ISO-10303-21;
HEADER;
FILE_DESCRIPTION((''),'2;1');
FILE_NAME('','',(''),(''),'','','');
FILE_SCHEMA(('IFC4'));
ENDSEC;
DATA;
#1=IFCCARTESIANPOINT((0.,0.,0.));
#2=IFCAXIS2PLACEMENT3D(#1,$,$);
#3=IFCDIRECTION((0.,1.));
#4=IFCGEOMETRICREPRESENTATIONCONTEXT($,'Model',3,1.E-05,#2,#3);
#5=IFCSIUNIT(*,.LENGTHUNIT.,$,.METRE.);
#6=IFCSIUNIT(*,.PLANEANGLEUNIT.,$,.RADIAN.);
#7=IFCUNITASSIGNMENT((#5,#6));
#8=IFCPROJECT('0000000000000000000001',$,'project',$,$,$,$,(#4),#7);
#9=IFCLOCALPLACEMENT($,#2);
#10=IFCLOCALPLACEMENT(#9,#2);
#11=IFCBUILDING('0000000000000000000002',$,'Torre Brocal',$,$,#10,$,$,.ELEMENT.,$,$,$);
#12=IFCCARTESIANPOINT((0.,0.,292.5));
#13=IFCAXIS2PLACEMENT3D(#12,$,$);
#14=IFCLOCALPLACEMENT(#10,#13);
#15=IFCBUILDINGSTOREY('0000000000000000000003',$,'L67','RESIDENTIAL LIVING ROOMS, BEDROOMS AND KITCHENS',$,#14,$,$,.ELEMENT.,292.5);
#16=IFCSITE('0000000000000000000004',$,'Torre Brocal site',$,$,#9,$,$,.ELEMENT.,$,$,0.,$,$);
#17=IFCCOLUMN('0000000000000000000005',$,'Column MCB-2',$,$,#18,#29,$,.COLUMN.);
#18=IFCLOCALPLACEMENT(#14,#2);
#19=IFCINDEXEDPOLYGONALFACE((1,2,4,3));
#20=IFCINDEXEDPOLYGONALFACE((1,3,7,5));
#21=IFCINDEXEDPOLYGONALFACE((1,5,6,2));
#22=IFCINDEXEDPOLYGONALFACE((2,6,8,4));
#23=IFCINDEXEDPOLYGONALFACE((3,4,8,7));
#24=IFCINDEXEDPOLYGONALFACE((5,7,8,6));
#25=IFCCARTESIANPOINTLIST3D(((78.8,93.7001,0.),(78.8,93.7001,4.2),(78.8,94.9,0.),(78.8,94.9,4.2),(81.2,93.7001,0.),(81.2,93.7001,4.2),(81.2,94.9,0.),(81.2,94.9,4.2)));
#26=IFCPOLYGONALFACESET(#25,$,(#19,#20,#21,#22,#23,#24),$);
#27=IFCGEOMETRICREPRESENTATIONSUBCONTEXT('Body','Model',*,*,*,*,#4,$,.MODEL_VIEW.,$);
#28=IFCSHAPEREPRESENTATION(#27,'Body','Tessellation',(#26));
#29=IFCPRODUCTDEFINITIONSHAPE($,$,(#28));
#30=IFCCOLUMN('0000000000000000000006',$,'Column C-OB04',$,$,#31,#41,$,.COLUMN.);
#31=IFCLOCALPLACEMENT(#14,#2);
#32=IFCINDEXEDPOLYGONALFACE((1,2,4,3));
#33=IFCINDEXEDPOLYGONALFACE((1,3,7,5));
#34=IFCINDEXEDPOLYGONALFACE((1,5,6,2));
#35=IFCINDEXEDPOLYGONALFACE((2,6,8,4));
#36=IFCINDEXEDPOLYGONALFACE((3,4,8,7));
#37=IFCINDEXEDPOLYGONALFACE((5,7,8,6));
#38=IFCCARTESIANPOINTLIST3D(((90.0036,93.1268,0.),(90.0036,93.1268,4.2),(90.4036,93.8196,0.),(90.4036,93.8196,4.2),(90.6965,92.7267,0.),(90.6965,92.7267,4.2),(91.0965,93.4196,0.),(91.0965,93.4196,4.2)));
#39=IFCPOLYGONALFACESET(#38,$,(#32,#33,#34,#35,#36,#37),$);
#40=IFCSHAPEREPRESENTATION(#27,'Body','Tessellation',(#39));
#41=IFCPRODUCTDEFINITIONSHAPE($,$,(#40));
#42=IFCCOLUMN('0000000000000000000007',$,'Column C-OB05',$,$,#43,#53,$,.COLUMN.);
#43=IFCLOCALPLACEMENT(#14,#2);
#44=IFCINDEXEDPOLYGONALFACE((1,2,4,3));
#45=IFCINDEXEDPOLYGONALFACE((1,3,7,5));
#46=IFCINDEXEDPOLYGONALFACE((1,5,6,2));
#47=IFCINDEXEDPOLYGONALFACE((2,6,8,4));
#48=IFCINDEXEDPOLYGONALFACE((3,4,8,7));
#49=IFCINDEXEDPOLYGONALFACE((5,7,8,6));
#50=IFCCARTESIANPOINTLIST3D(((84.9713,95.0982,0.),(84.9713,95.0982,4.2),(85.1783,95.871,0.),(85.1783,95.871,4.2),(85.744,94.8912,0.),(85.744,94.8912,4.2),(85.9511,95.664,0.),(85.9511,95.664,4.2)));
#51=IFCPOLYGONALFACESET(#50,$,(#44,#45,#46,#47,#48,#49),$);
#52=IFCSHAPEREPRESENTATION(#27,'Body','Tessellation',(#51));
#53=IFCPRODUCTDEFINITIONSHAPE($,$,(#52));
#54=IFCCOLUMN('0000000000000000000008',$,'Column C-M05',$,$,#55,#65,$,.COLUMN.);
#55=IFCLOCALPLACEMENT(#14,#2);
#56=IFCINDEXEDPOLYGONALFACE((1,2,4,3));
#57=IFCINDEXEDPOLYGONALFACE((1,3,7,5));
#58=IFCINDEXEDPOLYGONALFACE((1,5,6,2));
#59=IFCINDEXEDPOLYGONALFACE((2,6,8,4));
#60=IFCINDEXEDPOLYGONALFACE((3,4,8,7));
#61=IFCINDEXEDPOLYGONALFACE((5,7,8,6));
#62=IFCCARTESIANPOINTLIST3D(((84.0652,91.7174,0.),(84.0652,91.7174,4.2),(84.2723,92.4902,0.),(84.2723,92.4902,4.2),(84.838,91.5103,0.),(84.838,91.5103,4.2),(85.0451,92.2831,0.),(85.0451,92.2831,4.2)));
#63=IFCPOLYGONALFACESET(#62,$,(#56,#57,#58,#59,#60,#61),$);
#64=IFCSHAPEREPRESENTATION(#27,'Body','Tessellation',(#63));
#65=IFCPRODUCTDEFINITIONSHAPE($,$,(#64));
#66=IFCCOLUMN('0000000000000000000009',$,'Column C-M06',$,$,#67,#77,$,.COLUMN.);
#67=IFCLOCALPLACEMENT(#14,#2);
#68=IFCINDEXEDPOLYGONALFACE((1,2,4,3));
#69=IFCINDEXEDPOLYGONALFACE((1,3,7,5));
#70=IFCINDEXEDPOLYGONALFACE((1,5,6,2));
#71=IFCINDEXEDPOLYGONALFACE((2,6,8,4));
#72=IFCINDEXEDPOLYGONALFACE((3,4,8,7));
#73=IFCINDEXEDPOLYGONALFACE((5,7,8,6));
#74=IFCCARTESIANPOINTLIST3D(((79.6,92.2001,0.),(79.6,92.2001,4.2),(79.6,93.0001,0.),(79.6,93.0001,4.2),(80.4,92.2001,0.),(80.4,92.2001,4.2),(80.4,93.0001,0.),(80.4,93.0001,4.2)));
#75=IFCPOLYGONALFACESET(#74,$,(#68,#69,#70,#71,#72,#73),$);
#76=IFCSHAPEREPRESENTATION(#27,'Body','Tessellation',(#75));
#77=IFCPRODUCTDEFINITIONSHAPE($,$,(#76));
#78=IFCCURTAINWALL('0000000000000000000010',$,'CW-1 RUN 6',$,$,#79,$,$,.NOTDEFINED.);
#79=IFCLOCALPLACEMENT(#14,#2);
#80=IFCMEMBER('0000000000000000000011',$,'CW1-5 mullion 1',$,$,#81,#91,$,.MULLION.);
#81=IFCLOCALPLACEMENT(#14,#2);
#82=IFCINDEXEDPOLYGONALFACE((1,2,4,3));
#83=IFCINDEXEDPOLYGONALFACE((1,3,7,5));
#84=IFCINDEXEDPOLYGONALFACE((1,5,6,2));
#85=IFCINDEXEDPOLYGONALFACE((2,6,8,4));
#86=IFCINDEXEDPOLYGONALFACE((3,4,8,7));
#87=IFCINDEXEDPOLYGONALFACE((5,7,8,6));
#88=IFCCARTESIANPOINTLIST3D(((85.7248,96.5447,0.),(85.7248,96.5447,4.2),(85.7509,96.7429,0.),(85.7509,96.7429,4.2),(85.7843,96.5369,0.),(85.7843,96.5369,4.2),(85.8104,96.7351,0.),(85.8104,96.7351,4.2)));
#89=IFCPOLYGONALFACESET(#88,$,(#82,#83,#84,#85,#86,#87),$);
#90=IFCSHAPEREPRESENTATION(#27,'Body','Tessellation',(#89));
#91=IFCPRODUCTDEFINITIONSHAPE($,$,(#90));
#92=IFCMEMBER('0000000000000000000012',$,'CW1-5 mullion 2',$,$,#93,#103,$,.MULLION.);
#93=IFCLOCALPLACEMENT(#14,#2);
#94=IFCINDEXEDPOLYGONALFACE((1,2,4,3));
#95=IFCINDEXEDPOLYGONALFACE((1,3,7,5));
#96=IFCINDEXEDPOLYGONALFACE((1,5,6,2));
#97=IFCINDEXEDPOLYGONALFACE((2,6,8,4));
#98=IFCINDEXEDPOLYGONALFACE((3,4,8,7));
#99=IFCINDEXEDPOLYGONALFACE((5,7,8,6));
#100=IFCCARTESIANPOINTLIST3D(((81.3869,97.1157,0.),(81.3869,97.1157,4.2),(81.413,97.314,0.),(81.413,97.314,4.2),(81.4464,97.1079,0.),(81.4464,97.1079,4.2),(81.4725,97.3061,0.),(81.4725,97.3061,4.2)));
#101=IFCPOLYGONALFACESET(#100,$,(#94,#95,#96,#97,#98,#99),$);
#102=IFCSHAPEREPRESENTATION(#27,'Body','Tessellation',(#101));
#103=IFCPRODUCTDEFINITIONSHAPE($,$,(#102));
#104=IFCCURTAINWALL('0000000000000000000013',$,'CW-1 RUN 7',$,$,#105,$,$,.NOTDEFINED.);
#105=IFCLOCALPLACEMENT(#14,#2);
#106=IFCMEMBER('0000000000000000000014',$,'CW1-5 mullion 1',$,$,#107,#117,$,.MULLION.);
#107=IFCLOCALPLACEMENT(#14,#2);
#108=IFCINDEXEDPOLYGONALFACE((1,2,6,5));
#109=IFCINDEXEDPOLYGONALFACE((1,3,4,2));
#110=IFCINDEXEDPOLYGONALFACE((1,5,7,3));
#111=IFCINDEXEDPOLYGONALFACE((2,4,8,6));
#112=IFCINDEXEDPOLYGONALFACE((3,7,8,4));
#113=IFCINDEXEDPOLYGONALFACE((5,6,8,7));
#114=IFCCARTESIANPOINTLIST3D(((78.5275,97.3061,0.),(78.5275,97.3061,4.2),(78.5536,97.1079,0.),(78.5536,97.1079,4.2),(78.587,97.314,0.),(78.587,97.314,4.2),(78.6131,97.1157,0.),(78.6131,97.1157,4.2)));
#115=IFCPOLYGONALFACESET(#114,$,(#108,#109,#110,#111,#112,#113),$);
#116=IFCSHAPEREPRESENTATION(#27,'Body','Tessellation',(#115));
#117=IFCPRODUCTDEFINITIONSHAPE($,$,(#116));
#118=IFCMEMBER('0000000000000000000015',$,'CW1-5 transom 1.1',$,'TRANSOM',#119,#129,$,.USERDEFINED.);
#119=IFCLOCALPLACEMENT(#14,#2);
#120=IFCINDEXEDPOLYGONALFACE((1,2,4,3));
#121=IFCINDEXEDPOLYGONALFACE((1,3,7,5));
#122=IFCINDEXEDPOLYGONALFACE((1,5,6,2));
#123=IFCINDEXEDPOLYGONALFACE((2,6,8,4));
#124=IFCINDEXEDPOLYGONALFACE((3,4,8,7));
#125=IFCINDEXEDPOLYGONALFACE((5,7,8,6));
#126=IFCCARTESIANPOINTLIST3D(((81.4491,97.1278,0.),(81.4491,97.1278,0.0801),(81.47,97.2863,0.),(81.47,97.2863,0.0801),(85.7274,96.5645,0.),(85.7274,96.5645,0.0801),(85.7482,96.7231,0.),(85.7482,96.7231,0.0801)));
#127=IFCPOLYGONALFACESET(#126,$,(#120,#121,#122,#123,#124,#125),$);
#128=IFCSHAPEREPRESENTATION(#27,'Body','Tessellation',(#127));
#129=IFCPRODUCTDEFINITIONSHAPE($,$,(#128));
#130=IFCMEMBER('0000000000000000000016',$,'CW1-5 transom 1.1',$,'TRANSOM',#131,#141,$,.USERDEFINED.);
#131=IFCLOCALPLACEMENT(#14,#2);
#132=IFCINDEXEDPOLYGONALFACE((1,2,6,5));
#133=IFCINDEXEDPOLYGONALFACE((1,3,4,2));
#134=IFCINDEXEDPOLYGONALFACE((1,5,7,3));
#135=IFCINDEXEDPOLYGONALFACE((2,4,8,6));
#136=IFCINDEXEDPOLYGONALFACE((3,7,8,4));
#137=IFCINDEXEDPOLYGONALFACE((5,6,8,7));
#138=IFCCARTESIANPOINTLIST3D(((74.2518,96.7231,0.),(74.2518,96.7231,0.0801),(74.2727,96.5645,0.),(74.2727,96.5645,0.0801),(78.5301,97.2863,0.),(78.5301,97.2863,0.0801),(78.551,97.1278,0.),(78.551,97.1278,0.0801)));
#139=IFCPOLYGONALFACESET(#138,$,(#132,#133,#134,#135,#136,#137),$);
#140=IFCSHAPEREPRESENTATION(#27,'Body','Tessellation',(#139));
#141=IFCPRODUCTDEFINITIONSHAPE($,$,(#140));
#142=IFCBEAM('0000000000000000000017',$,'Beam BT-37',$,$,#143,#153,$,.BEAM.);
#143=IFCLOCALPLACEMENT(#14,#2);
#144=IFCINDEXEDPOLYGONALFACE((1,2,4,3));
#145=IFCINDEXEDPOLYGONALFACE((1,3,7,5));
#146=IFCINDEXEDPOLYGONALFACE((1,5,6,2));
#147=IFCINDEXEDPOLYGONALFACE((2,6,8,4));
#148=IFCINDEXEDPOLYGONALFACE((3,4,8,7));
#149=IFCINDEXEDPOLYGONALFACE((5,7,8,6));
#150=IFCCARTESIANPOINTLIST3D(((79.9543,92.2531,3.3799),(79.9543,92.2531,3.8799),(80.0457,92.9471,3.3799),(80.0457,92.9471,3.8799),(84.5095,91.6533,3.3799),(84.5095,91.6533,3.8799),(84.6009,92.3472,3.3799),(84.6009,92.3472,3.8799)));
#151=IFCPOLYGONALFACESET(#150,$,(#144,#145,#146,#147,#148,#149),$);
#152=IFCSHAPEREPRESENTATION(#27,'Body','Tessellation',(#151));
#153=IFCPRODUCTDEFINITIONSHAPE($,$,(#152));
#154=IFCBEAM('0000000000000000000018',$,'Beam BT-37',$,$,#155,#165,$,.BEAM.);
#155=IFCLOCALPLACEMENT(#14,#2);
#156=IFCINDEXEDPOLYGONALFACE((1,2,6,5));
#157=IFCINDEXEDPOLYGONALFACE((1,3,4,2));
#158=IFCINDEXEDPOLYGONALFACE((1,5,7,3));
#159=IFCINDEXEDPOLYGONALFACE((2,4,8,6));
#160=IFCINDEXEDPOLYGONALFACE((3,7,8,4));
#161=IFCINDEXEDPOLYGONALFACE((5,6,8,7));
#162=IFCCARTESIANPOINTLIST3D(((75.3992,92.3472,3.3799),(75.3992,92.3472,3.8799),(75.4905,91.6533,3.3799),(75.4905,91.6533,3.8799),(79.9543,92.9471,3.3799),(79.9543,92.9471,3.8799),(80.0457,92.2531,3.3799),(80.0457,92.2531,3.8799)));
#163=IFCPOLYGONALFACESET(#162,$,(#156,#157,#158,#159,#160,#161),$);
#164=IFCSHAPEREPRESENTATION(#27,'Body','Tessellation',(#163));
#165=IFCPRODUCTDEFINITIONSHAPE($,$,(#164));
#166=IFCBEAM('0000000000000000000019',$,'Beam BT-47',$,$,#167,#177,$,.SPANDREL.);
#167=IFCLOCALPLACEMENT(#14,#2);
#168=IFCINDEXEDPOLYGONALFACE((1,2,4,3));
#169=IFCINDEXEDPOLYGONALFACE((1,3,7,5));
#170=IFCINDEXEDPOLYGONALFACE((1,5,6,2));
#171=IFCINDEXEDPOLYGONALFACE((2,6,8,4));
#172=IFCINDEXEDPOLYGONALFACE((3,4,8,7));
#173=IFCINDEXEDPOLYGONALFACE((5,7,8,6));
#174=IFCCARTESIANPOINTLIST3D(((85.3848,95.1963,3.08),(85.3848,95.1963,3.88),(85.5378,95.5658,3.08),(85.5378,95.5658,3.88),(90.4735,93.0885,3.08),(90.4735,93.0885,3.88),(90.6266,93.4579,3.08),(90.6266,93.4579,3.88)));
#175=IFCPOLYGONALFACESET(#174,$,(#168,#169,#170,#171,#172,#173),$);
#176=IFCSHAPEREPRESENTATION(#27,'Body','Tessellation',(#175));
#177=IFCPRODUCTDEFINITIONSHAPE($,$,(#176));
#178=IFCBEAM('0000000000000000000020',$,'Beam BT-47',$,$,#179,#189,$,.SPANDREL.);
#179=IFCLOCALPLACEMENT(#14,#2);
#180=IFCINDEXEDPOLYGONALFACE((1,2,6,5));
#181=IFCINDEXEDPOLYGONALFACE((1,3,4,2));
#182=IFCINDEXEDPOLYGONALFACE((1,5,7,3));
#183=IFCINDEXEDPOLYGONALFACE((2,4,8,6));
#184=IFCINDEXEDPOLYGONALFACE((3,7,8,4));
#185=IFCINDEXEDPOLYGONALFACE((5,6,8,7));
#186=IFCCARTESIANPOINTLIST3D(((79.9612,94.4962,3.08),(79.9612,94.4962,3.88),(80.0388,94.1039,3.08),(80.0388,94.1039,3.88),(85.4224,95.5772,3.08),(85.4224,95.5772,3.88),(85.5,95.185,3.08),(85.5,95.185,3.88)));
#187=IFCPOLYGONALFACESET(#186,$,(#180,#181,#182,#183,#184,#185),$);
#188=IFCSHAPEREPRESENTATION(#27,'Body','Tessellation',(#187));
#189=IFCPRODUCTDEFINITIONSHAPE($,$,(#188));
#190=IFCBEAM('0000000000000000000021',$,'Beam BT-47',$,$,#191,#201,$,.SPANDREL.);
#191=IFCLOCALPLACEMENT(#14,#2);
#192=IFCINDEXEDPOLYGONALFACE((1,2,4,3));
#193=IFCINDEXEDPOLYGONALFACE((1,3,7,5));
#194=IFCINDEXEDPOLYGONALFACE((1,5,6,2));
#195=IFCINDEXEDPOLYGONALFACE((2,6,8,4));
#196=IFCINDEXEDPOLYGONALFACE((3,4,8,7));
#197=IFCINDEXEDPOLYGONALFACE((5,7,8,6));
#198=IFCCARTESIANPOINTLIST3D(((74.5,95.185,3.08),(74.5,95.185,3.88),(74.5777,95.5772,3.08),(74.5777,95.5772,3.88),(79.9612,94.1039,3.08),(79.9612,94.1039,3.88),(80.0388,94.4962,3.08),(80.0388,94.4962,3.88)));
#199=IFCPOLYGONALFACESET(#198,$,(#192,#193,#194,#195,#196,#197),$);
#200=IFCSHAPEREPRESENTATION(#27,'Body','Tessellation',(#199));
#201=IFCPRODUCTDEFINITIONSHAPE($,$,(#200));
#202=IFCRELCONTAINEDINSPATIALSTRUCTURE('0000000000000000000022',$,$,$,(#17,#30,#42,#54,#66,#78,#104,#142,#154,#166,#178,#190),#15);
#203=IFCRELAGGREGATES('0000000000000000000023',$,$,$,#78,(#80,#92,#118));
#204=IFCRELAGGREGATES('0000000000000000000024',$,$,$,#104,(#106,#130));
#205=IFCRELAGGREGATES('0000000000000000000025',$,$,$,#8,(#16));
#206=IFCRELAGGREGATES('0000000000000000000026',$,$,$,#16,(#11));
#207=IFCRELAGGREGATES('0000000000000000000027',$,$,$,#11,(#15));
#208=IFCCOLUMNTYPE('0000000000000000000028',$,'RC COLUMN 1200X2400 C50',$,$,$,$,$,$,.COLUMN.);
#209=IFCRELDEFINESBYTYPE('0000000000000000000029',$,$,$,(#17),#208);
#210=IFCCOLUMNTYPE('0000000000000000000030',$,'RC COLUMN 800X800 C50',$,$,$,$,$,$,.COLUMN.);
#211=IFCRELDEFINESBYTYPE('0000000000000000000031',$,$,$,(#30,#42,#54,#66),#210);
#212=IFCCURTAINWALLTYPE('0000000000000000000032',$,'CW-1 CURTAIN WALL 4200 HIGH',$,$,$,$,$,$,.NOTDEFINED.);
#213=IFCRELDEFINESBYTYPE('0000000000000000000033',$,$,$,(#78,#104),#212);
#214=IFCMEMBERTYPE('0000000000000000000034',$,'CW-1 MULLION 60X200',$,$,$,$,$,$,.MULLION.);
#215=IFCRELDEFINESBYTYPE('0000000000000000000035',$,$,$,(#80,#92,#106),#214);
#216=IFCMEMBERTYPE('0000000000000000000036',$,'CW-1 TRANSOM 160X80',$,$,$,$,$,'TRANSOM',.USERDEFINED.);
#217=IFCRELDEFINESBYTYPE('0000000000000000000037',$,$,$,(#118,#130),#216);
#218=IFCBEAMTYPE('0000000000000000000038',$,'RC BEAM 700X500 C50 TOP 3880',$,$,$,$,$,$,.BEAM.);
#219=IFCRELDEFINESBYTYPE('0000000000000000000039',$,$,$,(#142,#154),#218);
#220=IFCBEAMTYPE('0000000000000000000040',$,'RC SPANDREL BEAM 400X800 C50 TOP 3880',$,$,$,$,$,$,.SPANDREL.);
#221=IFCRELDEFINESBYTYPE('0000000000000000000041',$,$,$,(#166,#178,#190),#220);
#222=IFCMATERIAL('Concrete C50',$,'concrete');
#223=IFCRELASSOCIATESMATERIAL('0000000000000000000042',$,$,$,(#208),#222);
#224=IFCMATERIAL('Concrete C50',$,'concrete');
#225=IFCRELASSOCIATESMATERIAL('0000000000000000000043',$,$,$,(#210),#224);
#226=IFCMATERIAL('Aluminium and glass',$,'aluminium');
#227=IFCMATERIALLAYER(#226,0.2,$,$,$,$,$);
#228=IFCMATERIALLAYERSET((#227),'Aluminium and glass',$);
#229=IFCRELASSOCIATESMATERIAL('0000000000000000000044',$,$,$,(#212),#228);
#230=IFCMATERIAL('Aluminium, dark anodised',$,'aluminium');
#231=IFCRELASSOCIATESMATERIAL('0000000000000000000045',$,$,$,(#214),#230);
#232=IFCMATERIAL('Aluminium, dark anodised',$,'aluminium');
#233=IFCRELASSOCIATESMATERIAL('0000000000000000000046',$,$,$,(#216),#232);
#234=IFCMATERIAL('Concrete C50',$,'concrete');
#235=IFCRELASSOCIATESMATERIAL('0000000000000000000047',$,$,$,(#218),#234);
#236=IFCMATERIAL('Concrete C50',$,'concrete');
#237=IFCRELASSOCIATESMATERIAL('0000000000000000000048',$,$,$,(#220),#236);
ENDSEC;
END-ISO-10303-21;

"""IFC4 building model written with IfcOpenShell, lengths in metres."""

from ifc_helpers import new_model, si_unit, direction, frame, origin, origin_2d, place, context, subcontext, project, spatial, rectangle, extrude, material, layer, layer_set, material_profile, profile_set, type_object, element, aggregate, save


model = new_model("IFC4")

# Units and contexts
model_context = context("Model", 3, precision=1e-05, world=origin(), true_north=direction((0.0, 1.0)))
body_context = subcontext(model_context, "Body", "Model", "MODEL_VIEW")
ifc_project = project(units=[si_unit("LENGTHUNIT", "METRE"), si_unit("PLANEANGLEUNIT", "RADIAN")], contexts=[model_context])

# Site, building, storey
site_placement = place(None, origin())
site = spatial("IfcSite", under=ifc_project, at=site_placement, Name="Torre Brocal site", CompositionType="ELEMENT", RefElevation=0.0)
building_placement = place(site_placement, origin())
building = spatial("IfcBuilding", under=site, at=building_placement, Name="Torre Brocal", CompositionType="ELEMENT")
storey_placement = place(building_placement, frame((0.0, 0.0, 292.5)))
storey = spatial("IfcBuildingStorey", under=building, at=storey_placement, Name="L67", Description="RESIDENTIAL LIVING ROOMS, BEDROOMS AND KITCHENS", CompositionType="ELEMENT", Elevation=292.5)

# Columns
ifc_material_1 = material(Name="Concrete C50", Category="concrete")
ifc_material_profile_1 = material_profile(ifc_material_1, rectangle(XDim=1.2, YDim=2.3999, at=origin_2d()), Name="RC 1200X2400")
ifc_profile_set_1 = profile_set([ifc_material_profile_1], Name="Concrete C50")
column_type_1 = type_object("IfcColumnType", Name="RC COLUMN 1200X2400 C50", PredefinedType="COLUMN", material=ifc_profile_set_1)
column_placement = place(storey_placement, frame((80.0, 94.3, 0.0), z_axis=(0.0, 0.0, 1.0), x_axis=(0.0, 1.0, 0.0)))
element("IfcColumn", 1, at=column_placement, inside=storey, type_object=column_type_1, Name="Column MCB-2", PredefinedType="COLUMN", context=body_context, shape_type="SweptSolid", body=[
    extrude(rectangle(XDim=1.2, YDim=2.3999, at=origin_2d()), origin(), (0.0, 0.0, 1.0), 4.2),
])
ifc_material_2 = material(Name="Concrete C50", Category="concrete")
ifc_material_profile_2 = material_profile(ifc_material_2, rectangle(XDim=0.8, YDim=0.8, at=origin_2d()), Name="RC 800X800")
ifc_profile_set_2 = profile_set([ifc_material_profile_2], Name="Concrete C50")
column_type_2 = type_object("IfcColumnType", Name="RC COLUMN 800X800 C50", PredefinedType="COLUMN", material=ifc_profile_set_2)
for number, where, z_axis, x_axis, name in (
    (2, (90.55, 93.2732, 0.0), (0.0, 0.0, 1.0), (0.5, 0.866025, 0.0), "Column C-OB04"),
    (3, (85.4612, 95.3811, 0.0), (0.0, 0.0, 1.0), (0.258819, 0.965926, 0.0), "Column C-OB05"),
    (4, (84.5552, 92.0002, 0.0), (0.0, 0.0, 1.0), (0.258819, 0.965926, 0.0), "Column C-M05"),
    (5, (80.0, 92.6001, 0.0), (0.0, 0.0, 1.0), (0.0, 1.0, 0.0), "Column C-M06"),
):
    element("IfcColumn", number, at=place(storey_placement, frame(where, z_axis=z_axis, x_axis=x_axis)), inside=storey, type_object=column_type_2, Name=name, PredefinedType="COLUMN", context=body_context, shape_type="SweptSolid", body=[
        extrude(rectangle(XDim=0.8, YDim=0.8, at=origin_2d()), origin(), (0.0, 0.0, 1.0), 4.2),
    ])

# Curtain wall, members
ifc_material_3 = material(Name="Aluminium and glass", Category="aluminium")
ifc_layer_1 = layer(ifc_material_3, 0.2)
ifc_layer_set_1 = layer_set([ifc_layer_1], Name="Aluminium and glass")
curtain_wall_type = type_object("IfcCurtainWallType", Name="CW-1 CURTAIN WALL 4200 HIGH", PredefinedType="NOTDEFINED", material=ifc_layer_set_1)
curtain_wall_1_placement = place(storey_placement, origin())
curtain_wall_1 = element("IfcCurtainWall", 6, at=curtain_wall_1_placement, inside=storey, type_object=curtain_wall_type, Name="CW-1 RUN 6", PredefinedType="NOTDEFINED")
ifc_material_4 = material(Name="Aluminium, dark anodised", Category="aluminium")
ifc_material_profile_3 = material_profile(ifc_material_4, rectangle(XDim=0.2, YDim=0.0601, at=origin_2d()), Name="CW-1 MULLION 60X200")
ifc_profile_set_3 = profile_set([ifc_material_profile_3], Name="Aluminium, dark anodised")
member_type_1 = type_object("IfcMemberType", Name="CW-1 MULLION 60X200", PredefinedType="MULLION", material=ifc_profile_set_3)
member_1_placement = place(storey_placement, frame((85.7676, 96.6399, 0.0), z_axis=(0.0, 0.0, 1.0), x_axis=(-0.130526, -0.991445, 0.0)))
member_1 = element("IfcMember", 7, at=member_1_placement, type_object=member_type_1, Name="CW1-5 mullion 1", PredefinedType="MULLION", context=body_context, shape_type="SweptSolid", body=[
    extrude(rectangle(XDim=0.2, YDim=0.0601, at=origin_2d()), origin(), (0.0, 0.0, 1.0), 4.2),
])
member_2_placement = place(storey_placement, frame((81.4297, 97.2109, 0.0), z_axis=(0.0, 0.0, 1.0), x_axis=(-0.130526, -0.991445, 0.0)))
member_2 = element("IfcMember", 8, at=member_2_placement, type_object=member_type_1, Name="CW1-5 mullion 2", PredefinedType="MULLION", context=body_context, shape_type="SweptSolid", body=[
    extrude(rectangle(XDim=0.2, YDim=0.0601, at=origin_2d()), origin(), (0.0, 0.0, 1.0), 4.2),
])

# Curtain wall, member
curtain_wall_2_placement = place(storey_placement, origin())
curtain_wall_2 = element("IfcCurtainWall", 9, at=curtain_wall_2_placement, inside=storey, type_object=curtain_wall_type, Name="CW-1 RUN 7", PredefinedType="NOTDEFINED")
member_3_placement = place(storey_placement, frame((78.5703, 97.2109, 0.0), z_axis=(0.0, 0.0, 1.0), x_axis=(0.130526, -0.991445, 0.0)))
member_3 = element("IfcMember", 10, at=member_3_placement, type_object=member_type_1, Name="CW1-5 mullion 1", PredefinedType="MULLION", context=body_context, shape_type="SweptSolid", body=[
    extrude(rectangle(XDim=0.2, YDim=0.0601, at=origin_2d()), origin(), (0.0, 0.0, 1.0), 4.2),
])

# Members
ifc_material_5 = material(Name="Aluminium, dark anodised", Category="aluminium")
ifc_material_profile_4 = material_profile(ifc_material_5, rectangle(XDim=0.1599, YDim=0.0801, at=origin_2d()), Name="CW-1 TRANSOM 160X80")
ifc_profile_set_4 = profile_set([ifc_material_profile_4], Name="Aluminium, dark anodised")
member_type_2 = type_object("IfcMemberType", Name="CW-1 TRANSOM 160X80", ElementType="TRANSOM", PredefinedType="USERDEFINED", material=ifc_profile_set_4)
member_4_placement = place(storey_placement, frame((85.7378, 96.6438, 0.04), z_axis=(-0.991445, 0.130522, 0.0), x_axis=(-0.130522, -0.991445, 0.0)))
member_4 = element("IfcMember", 11, at=member_4_placement, type_object=member_type_2, Name="CW1-5 transom 1.1", ObjectType="TRANSOM", PredefinedType="USERDEFINED", context=body_context, shape_type="SweptSolid", body=[
    extrude(rectangle(XDim=0.1599, YDim=0.0801, at=origin_2d()), origin(), (0.0, 0.0, 1.0), 4.3152),
])
member_5_placement = place(storey_placement, frame((78.5405, 97.207, 0.04), z_axis=(-0.991445, -0.130522, 0.0), x_axis=(0.130522, -0.991445, 0.0)))
member_5 = element("IfcMember", 12, at=member_5_placement, type_object=member_type_2, Name="CW1-5 transom 1.1", ObjectType="TRANSOM", PredefinedType="USERDEFINED", context=body_context, shape_type="SweptSolid", body=[
    extrude(rectangle(XDim=0.1599, YDim=0.0801, at=origin_2d()), origin(), (0.0, 0.0, 1.0), 4.3152),
])

# Beams
ifc_material_6 = material(Name="Concrete C50", Category="concrete")
ifc_material_profile_5 = material_profile(ifc_material_6, rectangle(XDim=0.7, YDim=0.5, at=origin_2d()), Name="RC 700X500")
ifc_profile_set_5 = profile_set([ifc_material_profile_5], Name="Concrete C50")
beam_type_1 = type_object("IfcBeamType", Name="RC BEAM 700X500 C50 TOP 3880", PredefinedType="BEAM", material=ifc_profile_set_5)
for number, where, z_axis, x_axis, name in (
    (13, (84.5552, 92.0002, 3.6299), (-0.991441, 0.130559, 0.0), (-0.130559, -0.991441, 0.0), "Beam BT-37"),
    (14, (80.0, 92.6001, 3.6299), (-0.991441, -0.130559, 0.0), (0.130559, -0.991441, 0.0), "Beam BT-37"),
):
    element("IfcBeam", number, at=place(storey_placement, frame(where, z_axis=z_axis, x_axis=x_axis)), inside=storey, type_object=beam_type_1, Name=name, PredefinedType="BEAM", context=body_context, shape_type="SweptSolid", body=[
        extrude(rectangle(XDim=0.7, YDim=0.5, at=origin_2d()), origin(), (0.0, 0.0, 1.0), 4.5945),
    ])
ifc_material_7 = material(Name="Concrete C50", Category="concrete")
ifc_material_profile_6 = material_profile(ifc_material_7, rectangle(XDim=0.3999, YDim=0.8, at=origin_2d()), Name="RC 400X800")
ifc_profile_set_6 = profile_set([ifc_material_profile_6], Name="Concrete C50")
beam_type_2 = type_object("IfcBeamType", Name="RC SPANDREL BEAM 400X800 C50 TOP 3880", PredefinedType="SPANDREL", material=ifc_profile_set_6)
beam_placement = place(storey_placement, frame((90.55, 93.2732, 3.48), z_axis=(-0.923877, 0.382688, 0.0), x_axis=(-0.382688, -0.923877, 0.0)))
element("IfcBeam", 15, at=beam_placement, inside=storey, type_object=beam_type_2, Name="Beam BT-47", PredefinedType="SPANDREL", context=body_context, shape_type="SweptSolid", body=[
    extrude(rectangle(XDim=0.3999, YDim=0.8, at=origin_2d()), origin(), (0.0, 0.0, 1.0), 5.5081),
])
for number, where, z_axis, x_axis, name in (
    (16, (85.4612, 95.3811, 3.48), (-0.980965, -0.194185, 0.0), (0.194185, -0.980965, 0.0), "Beam BT-47"),
    (17, (80.0, 94.3, 3.48), (-0.980965, 0.194185, 0.0), (-0.194185, -0.980965, 0.0), "Beam BT-47"),
):
    element("IfcBeam", number, at=place(storey_placement, frame(where, z_axis=z_axis, x_axis=x_axis)), inside=storey, type_object=beam_type_2, Name=name, PredefinedType="SPANDREL", context=body_context, shape_type="SweptSolid", body=[
        extrude(rectangle(XDim=0.3999, YDim=0.8, at=origin_2d()), origin(), (0.0, 0.0, 1.0), 5.5671),
    ])

aggregate(curtain_wall_1, [member_1, member_2, member_4])
aggregate(curtain_wall_2, [member_3, member_5])

save(model, "model.ifc")
